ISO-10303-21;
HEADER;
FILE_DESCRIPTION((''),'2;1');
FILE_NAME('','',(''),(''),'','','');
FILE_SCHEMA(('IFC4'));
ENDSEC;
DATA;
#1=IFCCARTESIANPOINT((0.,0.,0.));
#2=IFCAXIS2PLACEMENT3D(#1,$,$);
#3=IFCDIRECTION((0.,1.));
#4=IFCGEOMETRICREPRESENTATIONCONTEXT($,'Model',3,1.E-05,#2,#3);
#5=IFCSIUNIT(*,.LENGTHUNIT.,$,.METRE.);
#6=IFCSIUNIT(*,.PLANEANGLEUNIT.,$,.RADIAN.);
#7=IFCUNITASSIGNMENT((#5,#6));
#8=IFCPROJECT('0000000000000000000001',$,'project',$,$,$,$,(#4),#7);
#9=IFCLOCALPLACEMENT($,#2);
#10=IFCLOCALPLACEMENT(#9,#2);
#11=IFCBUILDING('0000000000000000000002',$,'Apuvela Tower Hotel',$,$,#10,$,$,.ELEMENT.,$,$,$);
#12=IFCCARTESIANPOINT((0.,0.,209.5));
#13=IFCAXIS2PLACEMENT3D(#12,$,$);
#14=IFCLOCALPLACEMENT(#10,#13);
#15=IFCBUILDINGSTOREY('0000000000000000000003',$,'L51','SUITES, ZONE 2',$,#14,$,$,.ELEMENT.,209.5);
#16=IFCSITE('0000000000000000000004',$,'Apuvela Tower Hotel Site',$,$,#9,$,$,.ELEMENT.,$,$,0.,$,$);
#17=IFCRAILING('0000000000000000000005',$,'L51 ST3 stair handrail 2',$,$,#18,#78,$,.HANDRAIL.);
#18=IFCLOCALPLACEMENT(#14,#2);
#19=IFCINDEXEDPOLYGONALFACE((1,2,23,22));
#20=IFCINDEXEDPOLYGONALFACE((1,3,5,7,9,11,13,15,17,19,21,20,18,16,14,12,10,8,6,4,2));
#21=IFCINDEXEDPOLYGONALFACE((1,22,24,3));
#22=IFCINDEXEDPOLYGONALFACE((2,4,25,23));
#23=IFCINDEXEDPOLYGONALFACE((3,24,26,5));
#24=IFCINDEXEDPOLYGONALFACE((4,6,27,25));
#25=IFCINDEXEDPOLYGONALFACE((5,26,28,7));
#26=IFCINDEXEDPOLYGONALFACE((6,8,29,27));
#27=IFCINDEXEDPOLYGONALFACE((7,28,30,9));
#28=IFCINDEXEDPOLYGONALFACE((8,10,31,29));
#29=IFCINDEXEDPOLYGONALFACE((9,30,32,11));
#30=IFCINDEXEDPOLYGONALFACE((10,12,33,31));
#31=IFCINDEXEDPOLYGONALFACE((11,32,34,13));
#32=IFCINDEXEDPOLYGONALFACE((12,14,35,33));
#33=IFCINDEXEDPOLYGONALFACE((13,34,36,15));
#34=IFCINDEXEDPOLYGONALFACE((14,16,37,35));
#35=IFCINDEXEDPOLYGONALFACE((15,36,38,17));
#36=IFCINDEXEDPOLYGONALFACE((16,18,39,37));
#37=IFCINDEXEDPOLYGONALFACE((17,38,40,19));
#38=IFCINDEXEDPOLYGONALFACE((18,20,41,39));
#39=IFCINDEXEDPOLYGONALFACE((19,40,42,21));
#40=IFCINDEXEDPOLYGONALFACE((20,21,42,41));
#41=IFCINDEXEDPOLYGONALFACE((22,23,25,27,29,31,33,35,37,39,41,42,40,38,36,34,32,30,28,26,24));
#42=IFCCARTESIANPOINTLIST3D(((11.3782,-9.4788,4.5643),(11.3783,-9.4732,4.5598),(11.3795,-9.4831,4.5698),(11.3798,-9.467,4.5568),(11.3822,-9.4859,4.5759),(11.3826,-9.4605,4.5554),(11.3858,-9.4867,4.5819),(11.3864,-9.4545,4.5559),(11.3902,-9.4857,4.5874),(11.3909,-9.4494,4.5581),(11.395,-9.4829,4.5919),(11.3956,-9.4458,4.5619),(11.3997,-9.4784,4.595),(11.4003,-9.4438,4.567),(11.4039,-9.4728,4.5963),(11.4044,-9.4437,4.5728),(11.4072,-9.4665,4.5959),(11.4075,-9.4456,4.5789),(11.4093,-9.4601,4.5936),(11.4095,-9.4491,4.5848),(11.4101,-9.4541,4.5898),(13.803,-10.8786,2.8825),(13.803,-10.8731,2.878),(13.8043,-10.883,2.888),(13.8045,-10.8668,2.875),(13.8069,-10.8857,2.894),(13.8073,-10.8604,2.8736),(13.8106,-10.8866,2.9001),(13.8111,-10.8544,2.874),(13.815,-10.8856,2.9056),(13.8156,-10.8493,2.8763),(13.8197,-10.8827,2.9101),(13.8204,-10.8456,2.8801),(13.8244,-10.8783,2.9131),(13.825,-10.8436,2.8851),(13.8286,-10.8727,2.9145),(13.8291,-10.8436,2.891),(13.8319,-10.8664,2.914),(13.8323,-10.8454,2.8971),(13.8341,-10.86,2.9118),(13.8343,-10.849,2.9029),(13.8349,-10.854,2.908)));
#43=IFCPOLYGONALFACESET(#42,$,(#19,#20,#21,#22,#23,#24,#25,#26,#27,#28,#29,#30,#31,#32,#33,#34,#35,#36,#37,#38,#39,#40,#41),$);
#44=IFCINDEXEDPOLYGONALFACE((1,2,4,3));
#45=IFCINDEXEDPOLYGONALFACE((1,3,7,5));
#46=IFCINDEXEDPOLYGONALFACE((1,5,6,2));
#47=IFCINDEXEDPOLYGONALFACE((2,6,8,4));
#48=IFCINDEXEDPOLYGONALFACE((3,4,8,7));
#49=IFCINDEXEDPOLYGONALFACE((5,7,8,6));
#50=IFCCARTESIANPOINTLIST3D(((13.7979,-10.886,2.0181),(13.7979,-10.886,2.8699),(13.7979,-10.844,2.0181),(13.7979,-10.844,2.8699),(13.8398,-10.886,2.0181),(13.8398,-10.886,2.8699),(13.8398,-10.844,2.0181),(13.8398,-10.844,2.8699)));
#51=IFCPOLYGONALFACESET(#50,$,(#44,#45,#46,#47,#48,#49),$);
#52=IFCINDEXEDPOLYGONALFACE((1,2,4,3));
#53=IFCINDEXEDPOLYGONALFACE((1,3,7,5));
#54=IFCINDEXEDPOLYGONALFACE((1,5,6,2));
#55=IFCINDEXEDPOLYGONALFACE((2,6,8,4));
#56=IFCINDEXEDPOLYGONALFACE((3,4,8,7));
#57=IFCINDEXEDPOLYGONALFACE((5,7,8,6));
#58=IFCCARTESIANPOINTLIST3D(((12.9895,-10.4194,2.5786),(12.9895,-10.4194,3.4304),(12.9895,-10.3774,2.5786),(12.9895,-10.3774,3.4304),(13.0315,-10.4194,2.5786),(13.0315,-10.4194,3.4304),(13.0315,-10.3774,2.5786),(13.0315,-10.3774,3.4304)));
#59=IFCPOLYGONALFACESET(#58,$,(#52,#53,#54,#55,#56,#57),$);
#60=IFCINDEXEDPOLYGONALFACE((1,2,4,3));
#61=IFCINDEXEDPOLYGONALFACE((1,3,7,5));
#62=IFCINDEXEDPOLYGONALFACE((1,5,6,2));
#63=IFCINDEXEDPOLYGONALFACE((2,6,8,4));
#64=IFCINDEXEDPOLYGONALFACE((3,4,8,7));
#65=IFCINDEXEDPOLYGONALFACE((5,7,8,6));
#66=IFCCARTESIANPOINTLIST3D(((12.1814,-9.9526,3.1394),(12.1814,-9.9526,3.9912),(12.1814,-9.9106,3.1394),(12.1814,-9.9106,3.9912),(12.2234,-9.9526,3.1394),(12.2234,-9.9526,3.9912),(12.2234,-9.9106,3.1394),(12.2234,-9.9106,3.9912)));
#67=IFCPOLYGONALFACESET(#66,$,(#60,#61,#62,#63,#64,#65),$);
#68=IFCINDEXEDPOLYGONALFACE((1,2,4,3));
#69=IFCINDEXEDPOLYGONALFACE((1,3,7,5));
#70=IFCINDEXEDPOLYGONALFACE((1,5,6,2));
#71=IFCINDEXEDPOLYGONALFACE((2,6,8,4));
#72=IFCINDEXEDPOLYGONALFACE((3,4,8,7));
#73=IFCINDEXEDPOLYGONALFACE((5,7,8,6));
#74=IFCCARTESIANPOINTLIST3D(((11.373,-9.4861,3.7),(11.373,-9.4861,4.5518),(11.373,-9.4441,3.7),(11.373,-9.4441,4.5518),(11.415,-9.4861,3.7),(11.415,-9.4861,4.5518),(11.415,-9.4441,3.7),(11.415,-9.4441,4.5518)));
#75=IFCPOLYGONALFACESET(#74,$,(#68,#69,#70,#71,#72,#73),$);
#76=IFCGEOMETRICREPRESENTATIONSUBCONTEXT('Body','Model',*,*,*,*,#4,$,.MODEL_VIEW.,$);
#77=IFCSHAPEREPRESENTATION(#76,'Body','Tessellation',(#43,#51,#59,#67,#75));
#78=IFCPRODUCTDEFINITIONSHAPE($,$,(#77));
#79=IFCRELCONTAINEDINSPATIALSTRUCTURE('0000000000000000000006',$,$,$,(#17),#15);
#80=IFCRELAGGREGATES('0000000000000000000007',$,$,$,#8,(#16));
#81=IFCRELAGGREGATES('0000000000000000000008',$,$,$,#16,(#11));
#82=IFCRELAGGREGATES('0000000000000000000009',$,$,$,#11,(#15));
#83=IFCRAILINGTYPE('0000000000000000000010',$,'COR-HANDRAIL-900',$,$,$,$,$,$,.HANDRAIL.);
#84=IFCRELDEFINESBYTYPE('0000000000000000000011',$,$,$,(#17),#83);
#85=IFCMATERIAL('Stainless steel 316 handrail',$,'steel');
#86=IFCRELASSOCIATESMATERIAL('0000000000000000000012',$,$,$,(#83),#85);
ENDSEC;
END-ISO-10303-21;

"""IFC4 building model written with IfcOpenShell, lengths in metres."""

from ifc_helpers import new_model, si_unit, direction, frame, origin, origin_2d, place, context, subcontext, project, spatial, rectangle, circle, extrude, material, type_object, element, save


model = new_model("IFC4")

# Units and contexts
model_context = context("Model", 3, precision=1e-05, world=origin(), true_north=direction((0.0, 1.0)))
body_context = subcontext(model_context, "Body", "Model", "MODEL_VIEW")
ifc_project = project(units=[si_unit("LENGTHUNIT", "METRE"), si_unit("PLANEANGLEUNIT", "RADIAN")], contexts=[model_context])

# Site, building, storey
site_placement = place(None, origin())
site = spatial("IfcSite", under=ifc_project, at=site_placement, Name="Apuvela Tower Hotel Site", CompositionType="ELEMENT", RefElevation=0.0)
building_placement = place(site_placement, origin())
building = spatial("IfcBuilding", under=site, at=building_placement, Name="Apuvela Tower Hotel", CompositionType="ELEMENT")
storey_placement = place(building_placement, frame((0.0, 0.0, 209.5)))
storey = spatial("IfcBuildingStorey", under=building, at=storey_placement, Name="L51", Description="SUITES, ZONE 2", CompositionType="ELEMENT", Elevation=209.5)

# Railing
ifc_material_1 = material(Name="Stainless steel 316 handrail", Category="steel")
railing_type_1 = type_object("IfcRailingType", Name="COR-HANDRAIL-900", PredefinedType="HANDRAIL", material=ifc_material_1)
railing_1_placement = place(storey_placement, frame((13.8188, -10.865, 2.0181)))
element("IfcRailing", 1, at=railing_1_placement, inside=storey, type_object=railing_type_1, Name="L51 ST3 stair handrail 2", PredefinedType="HANDRAIL", context=body_context, shape_type="SweptSolid", body=[
    extrude(circle(Radius=0.0239, at=origin_2d()), frame((0.0, 0.0, 0.876), z_axis=(-0.74239, 0.428601, 0.514934), x_axis=(-0.499984, -0.866035, 0.0)), (0.0, 0.0, 1.0), 3.2661),
    extrude(rectangle(XDim=0.042, YDim=0.042, at=origin_2d()), origin(), (0.0, 0.0, 1.0), 0.8518),
    extrude(rectangle(XDim=0.042, YDim=0.042, at=origin_2d()), frame((-0.8083, 0.4666, 0.5605)), (0.0, 0.0, 1.0), 0.8518),
    extrude(rectangle(XDim=0.042, YDim=0.042, at=origin_2d()), frame((-1.6165, 0.9333, 1.1213)), (0.0, 0.0, 1.0), 0.8518),
    extrude(rectangle(XDim=0.042, YDim=0.042, at=origin_2d()), frame((-2.4248, 1.3999, 1.6819)), (0.0, 0.0, 1.0), 0.8518),
])

save(model, "model.ifc")
